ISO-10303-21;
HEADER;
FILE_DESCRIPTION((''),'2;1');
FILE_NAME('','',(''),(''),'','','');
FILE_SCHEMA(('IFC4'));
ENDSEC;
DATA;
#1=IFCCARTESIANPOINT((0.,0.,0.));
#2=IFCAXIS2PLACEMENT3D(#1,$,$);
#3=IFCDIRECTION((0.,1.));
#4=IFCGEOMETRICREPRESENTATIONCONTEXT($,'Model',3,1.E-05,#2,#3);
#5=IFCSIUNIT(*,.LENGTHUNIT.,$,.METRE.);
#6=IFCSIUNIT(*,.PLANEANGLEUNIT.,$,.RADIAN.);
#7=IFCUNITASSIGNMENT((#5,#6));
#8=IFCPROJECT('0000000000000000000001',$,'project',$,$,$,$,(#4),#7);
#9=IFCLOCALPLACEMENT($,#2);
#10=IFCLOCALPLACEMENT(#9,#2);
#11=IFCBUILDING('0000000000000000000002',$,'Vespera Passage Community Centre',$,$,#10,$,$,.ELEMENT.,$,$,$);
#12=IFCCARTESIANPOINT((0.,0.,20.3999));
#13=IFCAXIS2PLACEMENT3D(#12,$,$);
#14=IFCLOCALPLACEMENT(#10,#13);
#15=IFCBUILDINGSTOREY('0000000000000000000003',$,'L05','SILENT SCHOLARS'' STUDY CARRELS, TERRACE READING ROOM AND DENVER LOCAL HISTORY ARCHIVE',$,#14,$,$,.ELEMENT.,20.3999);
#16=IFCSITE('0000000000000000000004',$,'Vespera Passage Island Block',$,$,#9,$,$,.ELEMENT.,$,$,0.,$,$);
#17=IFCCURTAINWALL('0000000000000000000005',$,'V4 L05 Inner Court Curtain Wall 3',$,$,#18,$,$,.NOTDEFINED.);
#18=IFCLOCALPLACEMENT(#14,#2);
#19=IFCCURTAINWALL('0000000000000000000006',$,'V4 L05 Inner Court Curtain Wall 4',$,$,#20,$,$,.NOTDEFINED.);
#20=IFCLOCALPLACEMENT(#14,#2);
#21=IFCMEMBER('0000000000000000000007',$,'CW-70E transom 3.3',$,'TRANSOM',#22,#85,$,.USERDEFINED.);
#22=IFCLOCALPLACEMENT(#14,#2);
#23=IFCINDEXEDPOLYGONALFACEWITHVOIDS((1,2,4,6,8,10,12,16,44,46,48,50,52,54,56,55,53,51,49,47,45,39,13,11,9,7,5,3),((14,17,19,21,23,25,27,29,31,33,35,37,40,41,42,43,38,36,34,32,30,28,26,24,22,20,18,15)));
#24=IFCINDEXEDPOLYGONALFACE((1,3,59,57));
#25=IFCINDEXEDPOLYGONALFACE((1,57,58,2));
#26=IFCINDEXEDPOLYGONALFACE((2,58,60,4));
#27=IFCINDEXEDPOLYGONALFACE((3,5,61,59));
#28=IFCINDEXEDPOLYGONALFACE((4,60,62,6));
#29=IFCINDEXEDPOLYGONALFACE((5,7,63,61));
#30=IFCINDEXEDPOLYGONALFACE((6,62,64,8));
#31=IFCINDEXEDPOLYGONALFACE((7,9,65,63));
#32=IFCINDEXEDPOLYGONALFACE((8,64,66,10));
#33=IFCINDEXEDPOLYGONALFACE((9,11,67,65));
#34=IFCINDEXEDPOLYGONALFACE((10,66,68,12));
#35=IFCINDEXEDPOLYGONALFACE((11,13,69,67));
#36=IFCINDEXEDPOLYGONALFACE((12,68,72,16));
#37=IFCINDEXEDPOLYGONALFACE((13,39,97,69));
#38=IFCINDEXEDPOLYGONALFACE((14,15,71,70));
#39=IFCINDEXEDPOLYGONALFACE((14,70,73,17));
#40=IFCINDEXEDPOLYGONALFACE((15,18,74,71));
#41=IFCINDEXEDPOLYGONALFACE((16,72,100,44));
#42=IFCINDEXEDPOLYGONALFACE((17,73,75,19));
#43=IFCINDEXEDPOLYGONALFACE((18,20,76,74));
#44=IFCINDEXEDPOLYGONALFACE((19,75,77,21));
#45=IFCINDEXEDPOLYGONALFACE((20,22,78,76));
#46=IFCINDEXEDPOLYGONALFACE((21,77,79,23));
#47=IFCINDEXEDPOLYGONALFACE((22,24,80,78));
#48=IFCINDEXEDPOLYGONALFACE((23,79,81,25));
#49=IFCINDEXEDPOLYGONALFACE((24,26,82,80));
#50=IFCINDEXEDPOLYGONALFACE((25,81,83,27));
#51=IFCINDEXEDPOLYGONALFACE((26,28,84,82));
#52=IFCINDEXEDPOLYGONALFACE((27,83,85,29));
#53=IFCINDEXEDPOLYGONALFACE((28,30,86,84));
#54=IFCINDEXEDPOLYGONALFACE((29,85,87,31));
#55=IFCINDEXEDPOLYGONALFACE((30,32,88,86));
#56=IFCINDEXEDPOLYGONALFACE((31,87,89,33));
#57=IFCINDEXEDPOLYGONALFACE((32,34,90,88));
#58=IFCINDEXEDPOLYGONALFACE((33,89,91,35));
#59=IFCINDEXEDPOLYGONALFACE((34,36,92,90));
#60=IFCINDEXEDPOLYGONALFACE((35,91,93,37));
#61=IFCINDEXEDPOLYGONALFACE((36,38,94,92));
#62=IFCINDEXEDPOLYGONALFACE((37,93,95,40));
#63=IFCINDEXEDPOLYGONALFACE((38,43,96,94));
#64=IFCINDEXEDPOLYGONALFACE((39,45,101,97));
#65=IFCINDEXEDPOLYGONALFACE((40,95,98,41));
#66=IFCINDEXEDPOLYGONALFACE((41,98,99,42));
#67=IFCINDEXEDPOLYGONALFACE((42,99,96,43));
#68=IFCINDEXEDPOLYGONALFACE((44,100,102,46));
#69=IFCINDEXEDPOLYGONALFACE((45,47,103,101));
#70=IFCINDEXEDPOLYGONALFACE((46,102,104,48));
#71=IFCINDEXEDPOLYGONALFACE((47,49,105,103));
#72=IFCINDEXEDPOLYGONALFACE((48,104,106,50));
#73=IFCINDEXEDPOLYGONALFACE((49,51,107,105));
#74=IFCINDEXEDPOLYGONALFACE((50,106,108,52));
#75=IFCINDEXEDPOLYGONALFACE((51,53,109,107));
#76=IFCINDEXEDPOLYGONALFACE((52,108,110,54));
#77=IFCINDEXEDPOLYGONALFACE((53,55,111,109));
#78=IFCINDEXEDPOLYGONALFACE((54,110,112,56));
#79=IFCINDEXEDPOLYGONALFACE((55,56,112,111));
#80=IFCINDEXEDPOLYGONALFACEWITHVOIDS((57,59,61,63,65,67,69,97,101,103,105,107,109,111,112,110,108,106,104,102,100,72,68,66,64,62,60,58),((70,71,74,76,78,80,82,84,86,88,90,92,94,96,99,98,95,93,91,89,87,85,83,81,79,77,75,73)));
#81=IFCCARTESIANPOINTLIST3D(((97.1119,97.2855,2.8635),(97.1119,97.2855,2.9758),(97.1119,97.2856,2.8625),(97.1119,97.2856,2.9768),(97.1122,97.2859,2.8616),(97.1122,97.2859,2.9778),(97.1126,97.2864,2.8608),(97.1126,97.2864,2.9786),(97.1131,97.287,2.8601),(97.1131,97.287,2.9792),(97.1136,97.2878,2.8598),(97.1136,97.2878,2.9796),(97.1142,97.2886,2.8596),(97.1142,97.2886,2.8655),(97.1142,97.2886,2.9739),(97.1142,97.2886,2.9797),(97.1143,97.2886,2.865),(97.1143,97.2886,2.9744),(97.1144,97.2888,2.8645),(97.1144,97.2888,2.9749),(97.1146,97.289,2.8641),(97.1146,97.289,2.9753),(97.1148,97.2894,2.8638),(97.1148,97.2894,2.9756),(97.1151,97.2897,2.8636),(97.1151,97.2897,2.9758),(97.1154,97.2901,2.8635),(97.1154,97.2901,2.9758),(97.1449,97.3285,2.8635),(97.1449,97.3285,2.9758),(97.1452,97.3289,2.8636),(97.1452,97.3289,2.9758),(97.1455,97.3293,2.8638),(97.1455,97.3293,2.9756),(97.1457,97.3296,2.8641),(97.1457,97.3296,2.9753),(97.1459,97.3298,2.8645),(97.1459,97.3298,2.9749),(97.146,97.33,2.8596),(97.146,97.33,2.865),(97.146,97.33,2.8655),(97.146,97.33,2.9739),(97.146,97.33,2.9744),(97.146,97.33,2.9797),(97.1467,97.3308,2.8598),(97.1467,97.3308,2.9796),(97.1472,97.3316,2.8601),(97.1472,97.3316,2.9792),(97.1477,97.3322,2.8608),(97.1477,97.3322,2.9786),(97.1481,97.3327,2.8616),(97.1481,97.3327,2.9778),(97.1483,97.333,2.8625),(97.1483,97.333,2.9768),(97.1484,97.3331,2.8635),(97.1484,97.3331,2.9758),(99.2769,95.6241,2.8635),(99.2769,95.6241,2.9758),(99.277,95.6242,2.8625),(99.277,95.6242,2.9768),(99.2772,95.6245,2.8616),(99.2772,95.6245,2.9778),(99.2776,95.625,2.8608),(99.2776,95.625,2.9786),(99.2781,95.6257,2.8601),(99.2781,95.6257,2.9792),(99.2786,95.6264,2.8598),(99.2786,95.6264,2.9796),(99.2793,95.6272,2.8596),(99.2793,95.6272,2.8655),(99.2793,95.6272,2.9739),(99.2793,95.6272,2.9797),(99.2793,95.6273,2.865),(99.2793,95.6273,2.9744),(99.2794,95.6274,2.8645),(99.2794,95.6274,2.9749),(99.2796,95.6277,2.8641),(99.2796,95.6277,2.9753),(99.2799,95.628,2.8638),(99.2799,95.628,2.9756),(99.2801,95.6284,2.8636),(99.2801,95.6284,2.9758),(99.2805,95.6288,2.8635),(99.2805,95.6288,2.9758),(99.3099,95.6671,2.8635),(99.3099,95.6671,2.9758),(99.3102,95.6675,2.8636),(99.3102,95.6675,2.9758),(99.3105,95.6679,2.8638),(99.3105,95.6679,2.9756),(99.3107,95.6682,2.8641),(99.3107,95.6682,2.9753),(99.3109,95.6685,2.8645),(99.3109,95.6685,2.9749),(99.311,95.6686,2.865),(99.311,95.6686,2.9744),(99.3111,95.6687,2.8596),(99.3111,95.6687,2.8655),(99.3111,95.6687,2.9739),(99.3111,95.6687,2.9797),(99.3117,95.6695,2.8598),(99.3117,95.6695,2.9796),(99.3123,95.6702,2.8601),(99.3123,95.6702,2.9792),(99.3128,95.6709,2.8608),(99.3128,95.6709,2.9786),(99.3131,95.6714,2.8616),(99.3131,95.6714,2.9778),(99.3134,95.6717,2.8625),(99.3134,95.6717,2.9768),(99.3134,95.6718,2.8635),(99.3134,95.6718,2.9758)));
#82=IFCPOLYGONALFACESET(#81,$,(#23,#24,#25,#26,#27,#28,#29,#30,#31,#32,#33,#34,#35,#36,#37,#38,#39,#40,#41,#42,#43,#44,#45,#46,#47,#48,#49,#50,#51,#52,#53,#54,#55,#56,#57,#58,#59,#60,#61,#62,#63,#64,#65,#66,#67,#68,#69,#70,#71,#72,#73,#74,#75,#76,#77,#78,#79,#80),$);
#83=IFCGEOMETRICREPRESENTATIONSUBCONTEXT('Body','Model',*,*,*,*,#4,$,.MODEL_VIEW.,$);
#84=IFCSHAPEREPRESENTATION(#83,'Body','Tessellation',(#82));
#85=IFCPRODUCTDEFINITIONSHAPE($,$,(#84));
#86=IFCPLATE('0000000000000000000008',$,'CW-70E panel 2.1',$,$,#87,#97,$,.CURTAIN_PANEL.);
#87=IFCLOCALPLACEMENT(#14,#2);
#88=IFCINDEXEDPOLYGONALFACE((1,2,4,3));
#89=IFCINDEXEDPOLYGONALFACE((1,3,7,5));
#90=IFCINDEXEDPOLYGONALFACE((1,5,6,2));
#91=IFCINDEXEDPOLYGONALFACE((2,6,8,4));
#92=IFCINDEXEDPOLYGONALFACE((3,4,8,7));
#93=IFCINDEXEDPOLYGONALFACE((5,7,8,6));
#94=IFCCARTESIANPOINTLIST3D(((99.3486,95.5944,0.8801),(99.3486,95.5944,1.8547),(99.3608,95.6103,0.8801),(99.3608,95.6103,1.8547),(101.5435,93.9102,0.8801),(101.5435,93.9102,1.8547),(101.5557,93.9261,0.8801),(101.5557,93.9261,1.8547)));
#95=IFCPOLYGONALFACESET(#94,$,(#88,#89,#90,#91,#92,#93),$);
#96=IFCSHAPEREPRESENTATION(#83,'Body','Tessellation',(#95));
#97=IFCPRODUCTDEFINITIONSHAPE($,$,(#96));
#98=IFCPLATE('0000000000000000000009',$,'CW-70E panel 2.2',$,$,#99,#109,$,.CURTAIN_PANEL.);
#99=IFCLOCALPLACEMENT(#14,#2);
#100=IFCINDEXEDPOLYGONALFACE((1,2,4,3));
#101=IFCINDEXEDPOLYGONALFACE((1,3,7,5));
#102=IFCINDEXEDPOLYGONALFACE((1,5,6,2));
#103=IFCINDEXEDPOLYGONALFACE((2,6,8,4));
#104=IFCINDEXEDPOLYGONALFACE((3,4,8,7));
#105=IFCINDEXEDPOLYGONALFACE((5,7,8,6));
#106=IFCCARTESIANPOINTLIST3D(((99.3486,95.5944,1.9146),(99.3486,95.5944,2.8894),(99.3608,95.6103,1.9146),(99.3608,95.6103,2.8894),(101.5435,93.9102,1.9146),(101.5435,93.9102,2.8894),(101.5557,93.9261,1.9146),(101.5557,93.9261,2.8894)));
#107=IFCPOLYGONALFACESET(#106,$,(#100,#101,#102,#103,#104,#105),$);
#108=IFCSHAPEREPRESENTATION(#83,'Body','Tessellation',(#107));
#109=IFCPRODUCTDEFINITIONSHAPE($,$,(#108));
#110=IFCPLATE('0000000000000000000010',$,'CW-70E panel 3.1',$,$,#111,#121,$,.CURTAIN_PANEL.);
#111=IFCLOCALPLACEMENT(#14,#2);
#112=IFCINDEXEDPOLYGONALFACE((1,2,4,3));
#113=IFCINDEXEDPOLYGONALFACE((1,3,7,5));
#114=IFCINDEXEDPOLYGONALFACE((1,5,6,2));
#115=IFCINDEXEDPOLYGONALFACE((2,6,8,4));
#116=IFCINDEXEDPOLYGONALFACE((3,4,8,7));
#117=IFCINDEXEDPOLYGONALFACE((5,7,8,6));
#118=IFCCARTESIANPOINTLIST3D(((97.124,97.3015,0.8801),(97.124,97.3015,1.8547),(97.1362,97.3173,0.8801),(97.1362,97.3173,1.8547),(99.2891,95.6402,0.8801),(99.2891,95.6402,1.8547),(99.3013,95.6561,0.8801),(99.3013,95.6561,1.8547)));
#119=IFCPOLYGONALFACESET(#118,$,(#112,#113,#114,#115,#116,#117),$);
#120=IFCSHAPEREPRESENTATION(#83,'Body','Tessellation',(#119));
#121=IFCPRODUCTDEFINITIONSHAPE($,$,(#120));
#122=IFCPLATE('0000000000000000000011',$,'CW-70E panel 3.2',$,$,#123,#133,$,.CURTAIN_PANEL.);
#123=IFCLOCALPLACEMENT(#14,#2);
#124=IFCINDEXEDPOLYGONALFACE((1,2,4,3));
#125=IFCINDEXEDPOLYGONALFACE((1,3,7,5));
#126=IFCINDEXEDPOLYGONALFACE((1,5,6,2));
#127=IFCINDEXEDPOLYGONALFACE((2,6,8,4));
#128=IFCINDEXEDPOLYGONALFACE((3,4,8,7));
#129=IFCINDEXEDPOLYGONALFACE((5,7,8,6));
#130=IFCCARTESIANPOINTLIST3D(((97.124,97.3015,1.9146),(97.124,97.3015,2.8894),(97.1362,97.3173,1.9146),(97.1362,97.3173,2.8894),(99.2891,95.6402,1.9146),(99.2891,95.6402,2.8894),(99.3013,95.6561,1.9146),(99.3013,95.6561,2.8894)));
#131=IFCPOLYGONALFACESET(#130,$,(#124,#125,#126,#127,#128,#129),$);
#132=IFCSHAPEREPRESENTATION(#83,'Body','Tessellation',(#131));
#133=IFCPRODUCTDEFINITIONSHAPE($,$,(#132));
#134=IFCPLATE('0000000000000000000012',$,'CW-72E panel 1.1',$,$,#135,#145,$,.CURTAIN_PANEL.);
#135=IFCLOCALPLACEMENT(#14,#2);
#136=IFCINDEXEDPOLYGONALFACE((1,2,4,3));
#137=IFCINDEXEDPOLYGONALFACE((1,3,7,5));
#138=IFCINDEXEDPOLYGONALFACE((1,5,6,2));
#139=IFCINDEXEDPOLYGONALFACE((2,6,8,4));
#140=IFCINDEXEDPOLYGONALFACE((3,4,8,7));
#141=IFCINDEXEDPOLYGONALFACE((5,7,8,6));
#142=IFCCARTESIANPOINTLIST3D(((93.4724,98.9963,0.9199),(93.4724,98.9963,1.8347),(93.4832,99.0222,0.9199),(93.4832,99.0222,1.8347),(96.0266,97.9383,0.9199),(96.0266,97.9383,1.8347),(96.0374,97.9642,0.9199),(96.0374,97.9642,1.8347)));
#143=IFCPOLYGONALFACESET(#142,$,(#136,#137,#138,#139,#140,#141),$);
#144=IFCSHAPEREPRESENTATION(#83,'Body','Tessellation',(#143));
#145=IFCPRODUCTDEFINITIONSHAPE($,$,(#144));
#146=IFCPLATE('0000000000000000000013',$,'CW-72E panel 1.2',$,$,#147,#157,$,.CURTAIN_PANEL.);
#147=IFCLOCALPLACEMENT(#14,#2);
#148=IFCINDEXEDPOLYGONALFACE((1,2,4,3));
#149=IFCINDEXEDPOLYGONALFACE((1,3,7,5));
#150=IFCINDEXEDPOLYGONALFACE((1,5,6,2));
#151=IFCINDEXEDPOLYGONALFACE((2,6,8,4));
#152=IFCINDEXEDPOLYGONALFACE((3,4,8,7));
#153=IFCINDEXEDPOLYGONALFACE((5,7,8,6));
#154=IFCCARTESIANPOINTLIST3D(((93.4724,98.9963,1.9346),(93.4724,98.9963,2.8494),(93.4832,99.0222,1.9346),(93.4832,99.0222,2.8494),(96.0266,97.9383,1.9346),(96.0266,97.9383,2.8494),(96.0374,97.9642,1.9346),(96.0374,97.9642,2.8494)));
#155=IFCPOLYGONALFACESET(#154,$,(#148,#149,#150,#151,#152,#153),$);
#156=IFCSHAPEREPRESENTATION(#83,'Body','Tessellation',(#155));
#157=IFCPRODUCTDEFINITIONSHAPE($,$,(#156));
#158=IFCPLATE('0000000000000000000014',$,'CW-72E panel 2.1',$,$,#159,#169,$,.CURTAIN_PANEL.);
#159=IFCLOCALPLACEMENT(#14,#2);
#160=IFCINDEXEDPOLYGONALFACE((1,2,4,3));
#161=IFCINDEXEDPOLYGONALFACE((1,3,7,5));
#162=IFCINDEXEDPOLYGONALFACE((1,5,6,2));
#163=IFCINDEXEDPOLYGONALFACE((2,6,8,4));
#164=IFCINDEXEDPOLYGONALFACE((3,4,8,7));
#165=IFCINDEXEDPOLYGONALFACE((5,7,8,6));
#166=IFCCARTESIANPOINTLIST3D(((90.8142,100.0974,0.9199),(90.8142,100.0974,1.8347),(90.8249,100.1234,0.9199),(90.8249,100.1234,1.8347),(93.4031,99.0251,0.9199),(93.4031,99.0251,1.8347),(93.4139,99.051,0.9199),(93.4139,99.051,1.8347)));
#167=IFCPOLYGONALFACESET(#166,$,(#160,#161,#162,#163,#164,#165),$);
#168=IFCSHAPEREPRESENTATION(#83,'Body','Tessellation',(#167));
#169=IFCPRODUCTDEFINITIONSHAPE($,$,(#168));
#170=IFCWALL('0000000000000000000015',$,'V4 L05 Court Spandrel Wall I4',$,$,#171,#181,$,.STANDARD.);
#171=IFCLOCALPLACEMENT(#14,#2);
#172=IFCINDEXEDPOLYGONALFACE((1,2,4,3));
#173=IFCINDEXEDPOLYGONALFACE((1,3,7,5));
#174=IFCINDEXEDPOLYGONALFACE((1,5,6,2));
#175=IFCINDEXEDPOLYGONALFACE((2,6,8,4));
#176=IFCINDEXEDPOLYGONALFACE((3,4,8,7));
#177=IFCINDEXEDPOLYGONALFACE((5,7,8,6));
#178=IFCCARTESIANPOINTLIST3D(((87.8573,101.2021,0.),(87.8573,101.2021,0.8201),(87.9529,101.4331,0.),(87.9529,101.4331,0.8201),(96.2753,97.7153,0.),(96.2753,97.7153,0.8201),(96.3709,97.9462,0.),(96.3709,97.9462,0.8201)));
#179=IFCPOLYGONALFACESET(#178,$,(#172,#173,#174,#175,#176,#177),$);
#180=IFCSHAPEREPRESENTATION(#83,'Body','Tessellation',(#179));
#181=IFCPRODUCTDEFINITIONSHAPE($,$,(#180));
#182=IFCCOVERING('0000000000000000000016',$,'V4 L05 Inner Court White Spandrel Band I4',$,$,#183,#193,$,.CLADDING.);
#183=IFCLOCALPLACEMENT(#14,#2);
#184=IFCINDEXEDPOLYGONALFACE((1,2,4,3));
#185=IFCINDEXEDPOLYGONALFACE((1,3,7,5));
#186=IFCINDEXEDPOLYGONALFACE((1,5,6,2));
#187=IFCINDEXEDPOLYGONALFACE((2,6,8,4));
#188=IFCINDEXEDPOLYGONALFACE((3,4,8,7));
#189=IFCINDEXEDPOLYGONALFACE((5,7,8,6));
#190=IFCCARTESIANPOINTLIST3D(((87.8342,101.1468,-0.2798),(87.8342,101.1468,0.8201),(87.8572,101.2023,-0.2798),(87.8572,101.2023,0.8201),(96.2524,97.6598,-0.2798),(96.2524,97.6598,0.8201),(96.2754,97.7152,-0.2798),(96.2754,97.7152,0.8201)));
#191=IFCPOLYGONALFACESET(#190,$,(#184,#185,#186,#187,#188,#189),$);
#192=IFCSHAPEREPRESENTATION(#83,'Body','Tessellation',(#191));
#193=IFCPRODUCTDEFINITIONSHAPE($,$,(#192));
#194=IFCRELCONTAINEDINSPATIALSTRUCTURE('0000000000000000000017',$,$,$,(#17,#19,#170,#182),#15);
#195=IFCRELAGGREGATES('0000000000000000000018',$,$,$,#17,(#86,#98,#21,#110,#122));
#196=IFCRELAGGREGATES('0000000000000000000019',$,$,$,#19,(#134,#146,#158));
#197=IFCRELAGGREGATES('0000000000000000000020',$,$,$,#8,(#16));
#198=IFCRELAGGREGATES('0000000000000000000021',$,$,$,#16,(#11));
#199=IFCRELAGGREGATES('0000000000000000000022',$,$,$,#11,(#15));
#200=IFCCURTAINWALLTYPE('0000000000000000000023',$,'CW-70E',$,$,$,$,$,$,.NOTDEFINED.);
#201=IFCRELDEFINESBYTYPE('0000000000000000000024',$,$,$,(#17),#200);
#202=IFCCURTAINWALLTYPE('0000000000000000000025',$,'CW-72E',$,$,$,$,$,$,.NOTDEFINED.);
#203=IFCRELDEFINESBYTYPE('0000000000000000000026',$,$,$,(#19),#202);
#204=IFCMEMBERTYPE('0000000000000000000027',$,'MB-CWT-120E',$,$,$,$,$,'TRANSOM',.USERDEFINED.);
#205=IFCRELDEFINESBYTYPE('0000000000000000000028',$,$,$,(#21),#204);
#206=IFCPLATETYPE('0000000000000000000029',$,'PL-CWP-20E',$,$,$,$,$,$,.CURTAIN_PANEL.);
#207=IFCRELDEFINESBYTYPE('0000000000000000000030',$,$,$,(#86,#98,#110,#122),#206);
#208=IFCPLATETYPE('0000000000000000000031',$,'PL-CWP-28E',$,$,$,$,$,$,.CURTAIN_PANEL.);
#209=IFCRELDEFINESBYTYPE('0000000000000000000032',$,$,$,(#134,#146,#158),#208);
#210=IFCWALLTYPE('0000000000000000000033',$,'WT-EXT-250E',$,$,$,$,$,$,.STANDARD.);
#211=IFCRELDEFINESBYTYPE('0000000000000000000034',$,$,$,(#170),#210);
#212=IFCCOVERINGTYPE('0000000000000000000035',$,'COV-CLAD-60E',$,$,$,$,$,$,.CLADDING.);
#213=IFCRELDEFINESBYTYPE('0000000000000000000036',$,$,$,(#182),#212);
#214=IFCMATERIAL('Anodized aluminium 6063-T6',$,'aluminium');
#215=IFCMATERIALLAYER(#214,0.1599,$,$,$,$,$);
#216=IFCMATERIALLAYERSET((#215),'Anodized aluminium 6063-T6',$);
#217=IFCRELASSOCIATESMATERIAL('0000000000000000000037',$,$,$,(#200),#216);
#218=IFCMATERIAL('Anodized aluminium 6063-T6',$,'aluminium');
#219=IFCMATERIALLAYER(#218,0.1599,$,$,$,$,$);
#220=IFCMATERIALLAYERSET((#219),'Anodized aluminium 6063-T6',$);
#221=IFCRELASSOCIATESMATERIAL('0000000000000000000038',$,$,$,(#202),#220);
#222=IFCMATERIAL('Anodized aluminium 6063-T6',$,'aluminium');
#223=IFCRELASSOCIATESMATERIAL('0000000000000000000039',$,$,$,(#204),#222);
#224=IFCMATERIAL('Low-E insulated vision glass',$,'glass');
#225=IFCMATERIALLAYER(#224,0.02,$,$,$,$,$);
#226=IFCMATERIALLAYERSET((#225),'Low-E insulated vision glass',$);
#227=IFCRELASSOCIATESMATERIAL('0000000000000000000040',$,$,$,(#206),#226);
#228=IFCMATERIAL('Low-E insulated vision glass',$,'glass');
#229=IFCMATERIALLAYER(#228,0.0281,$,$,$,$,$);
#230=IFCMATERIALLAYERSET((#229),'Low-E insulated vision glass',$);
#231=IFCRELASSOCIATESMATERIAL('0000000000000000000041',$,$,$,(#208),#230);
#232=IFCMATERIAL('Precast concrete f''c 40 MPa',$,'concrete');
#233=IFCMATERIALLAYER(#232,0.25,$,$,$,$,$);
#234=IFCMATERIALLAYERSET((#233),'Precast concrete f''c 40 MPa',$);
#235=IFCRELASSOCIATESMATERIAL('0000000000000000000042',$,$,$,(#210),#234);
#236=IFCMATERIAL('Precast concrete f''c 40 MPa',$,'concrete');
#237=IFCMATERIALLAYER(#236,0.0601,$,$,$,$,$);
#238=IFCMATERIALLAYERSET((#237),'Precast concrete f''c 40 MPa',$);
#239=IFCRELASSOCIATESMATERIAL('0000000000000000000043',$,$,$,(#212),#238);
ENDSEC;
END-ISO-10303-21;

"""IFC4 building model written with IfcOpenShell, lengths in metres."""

from ifc_helpers import new_model, si_unit, direction, frame, frame_2d, origin, origin_2d, place, context, subcontext, project, spatial, rectangle, hollow_rectangle, extrude, material, layer, layer_set, material_profile, profile_set, type_object, element, aggregate, save


model = new_model("IFC4")

# Units and contexts
model_context = context("Model", 3, precision=1e-05, world=origin(), true_north=direction((0.0, 1.0)))
body_context = subcontext(model_context, "Body", "Model", "MODEL_VIEW")
ifc_project = project(units=[si_unit("LENGTHUNIT", "METRE"), si_unit("PLANEANGLEUNIT", "RADIAN")], contexts=[model_context])

# Site, building, storey
site_placement = place(None, origin())
site = spatial("IfcSite", under=ifc_project, at=site_placement, Name="Vespera Passage Island Block", CompositionType="ELEMENT", RefElevation=0.0)
building_placement = place(site_placement, origin())
building = spatial("IfcBuilding", under=site, at=building_placement, Name="Vespera Passage Community Centre", CompositionType="ELEMENT")
storey_placement = place(building_placement, frame((0.0, 0.0, 20.3999)))
storey = spatial("IfcBuildingStorey", under=building, at=storey_placement, Name="L05", Description="SILENT SCHOLARS' STUDY CARRELS, TERRACE READING ROOM AND DENVER LOCAL HISTORY ARCHIVE", CompositionType="ELEMENT", Elevation=20.3999)

# Curtain walls
ifc_material_1 = material(Name="Anodized aluminium 6063-T6", Category="aluminium")
ifc_layer_1 = layer(ifc_material_1, 0.1599)
ifc_layer_set_1 = layer_set([ifc_layer_1], Name="Anodized aluminium 6063-T6")
curtain_wall_type_1 = type_object("IfcCurtainWallType", Name="CW-70E", PredefinedType="NOTDEFINED", material=ifc_layer_set_1)
curtain_wall_1_placement = place(storey_placement, origin())
curtain_wall_1 = element("IfcCurtainWall", 1, at=curtain_wall_1_placement, inside=storey, type_object=curtain_wall_type_1, Name="V4 L05 Inner Court Curtain Wall 3", PredefinedType="NOTDEFINED")
ifc_material_2 = material(Name="Anodized aluminium 6063-T6", Category="aluminium")
ifc_layer_2 = layer(ifc_material_2, 0.1599)
ifc_layer_set_2 = layer_set([ifc_layer_2], Name="Anodized aluminium 6063-T6")
curtain_wall_type_2 = type_object("IfcCurtainWallType", Name="CW-72E", PredefinedType="NOTDEFINED", material=ifc_layer_set_2)
curtain_wall_2_placement = place(storey_placement, origin())
curtain_wall_2 = element("IfcCurtainWall", 2, at=curtain_wall_2_placement, inside=storey, type_object=curtain_wall_type_2, Name="V4 L05 Inner Court Curtain Wall 4", PredefinedType="NOTDEFINED")

# Member
ifc_material_3 = material(Name="Anodized aluminium 6063-T6", Category="aluminium")
ifc_material_profile_1 = material_profile(ifc_material_3, hollow_rectangle(XDim=0.0601, YDim=0.1201, WallThickness=0.0039, InnerFilletRadius=0.002, OuterFilletRadius=0.0039, at=origin_2d()), Name="ALU120X60X4")
ifc_profile_set_1 = profile_set([ifc_material_profile_1], Name="Anodized aluminium 6063-T6")
member_type_1 = type_object("IfcMemberType", Name="MB-CWT-120E", ElementType="TRANSOM", PredefinedType="USERDEFINED", material=ifc_profile_set_1)
member_1_placement = place(storey_placement, frame((99.2952, 95.6479, 2.9197), z_axis=(-0.793338, 0.608781, 0.0), x_axis=(-0.608781, -0.793338, 0.0)))
member_1 = element("IfcMember", 3, at=member_1_placement, type_object=member_type_1, Name="CW-70E transom 3.3", ObjectType="TRANSOM", PredefinedType="USERDEFINED", context=body_context, shape_type="SweptSolid", body=[
    extrude(hollow_rectangle(XDim=0.0601, YDim=0.1201, WallThickness=0.0039, InnerFilletRadius=0.002, OuterFilletRadius=0.0039, at=origin_2d()), origin(), (0.0, 0.0, 1.0), 2.729),
])

# Plates
ifc_material_4 = material(Name="Low-E insulated vision glass", Category="glass")
ifc_layer_3 = layer(ifc_material_4, 0.02)
ifc_layer_set_3 = layer_set([ifc_layer_3], Name="Low-E insulated vision glass")
plate_type_1 = type_object("IfcPlateType", Name="PL-CWP-20E", PredefinedType="CURTAIN_PANEL", material=ifc_layer_set_3)
plate_1_placement = place(storey_placement, frame((100.4521, 94.7603, 0.8801), z_axis=(0.0, 0.0, 1.0), x_axis=(-0.793358, 0.608755, 0.0)))
plate_1 = element("IfcPlate", 4, at=plate_1_placement, type_object=plate_type_1, Name="CW-70E panel 2.1", PredefinedType="CURTAIN_PANEL", context=body_context, shape_type="SweptSolid", body=[
    extrude(rectangle(XDim=2.7666, YDim=0.02, at=origin_2d()), origin(), (0.0, 0.0, 1.0), 0.9746),
])
plate_2_placement = place(storey_placement, frame((100.4521, 94.7603, 1.9146), z_axis=(0.0, 0.0, 1.0), x_axis=(-0.793358, 0.608755, 0.0)))
plate_2 = element("IfcPlate", 5, at=plate_2_placement, type_object=plate_type_1, Name="CW-70E panel 2.2", PredefinedType="CURTAIN_PANEL", context=body_context, shape_type="SweptSolid", body=[
    extrude(rectangle(XDim=2.7666, YDim=0.02, at=origin_2d()), origin(), (0.0, 0.0, 1.0), 0.9749),
])
plate_3_placement = place(storey_placement, frame((98.2126, 96.4788, 0.8801), z_axis=(0.0, 0.0, 1.0), x_axis=(-0.793358, 0.608755, 0.0)))
plate_3 = element("IfcPlate", 6, at=plate_3_placement, type_object=plate_type_1, Name="CW-70E panel 3.1", PredefinedType="CURTAIN_PANEL", context=body_context, shape_type="SweptSolid", body=[
    extrude(rectangle(XDim=2.729, YDim=0.02, at=origin_2d()), origin(), (0.0, 0.0, 1.0), 0.9746),
])
plate_4_placement = place(storey_placement, frame((98.2126, 96.4788, 1.9146), z_axis=(0.0, 0.0, 1.0), x_axis=(-0.793358, 0.608755, 0.0)))
plate_4 = element("IfcPlate", 7, at=plate_4_placement, type_object=plate_type_1, Name="CW-70E panel 3.2", PredefinedType="CURTAIN_PANEL", context=body_context, shape_type="SweptSolid", body=[
    extrude(rectangle(XDim=2.729, YDim=0.02, at=origin_2d()), origin(), (0.0, 0.0, 1.0), 0.9749),
])
aggregate(curtain_wall_1, [plate_1, plate_2, member_1, plate_3, plate_4])
ifc_material_5 = material(Name="Low-E insulated vision glass", Category="glass")
ifc_layer_4 = layer(ifc_material_5, 0.0281)
ifc_layer_set_4 = layer_set([ifc_layer_4], Name="Low-E insulated vision glass")
plate_type_2 = type_object("IfcPlateType", Name="PL-CWP-28E", PredefinedType="CURTAIN_PANEL", material=ifc_layer_set_4)
plate_5_placement = place(storey_placement, frame((94.7549, 98.4802, 0.9199), z_axis=(0.0, 0.0, 1.0), x_axis=(-0.923877, 0.38269, 0.0)))
plate_5 = element("IfcPlate", 8, at=plate_5_placement, type_object=plate_type_2, Name="CW-72E panel 1.1", PredefinedType="CURTAIN_PANEL", context=body_context, shape_type="SweptSolid", body=[
    extrude(rectangle(XDim=2.7646, YDim=0.0281, at=origin_2d()), origin(), (0.0, 0.0, 1.0), 0.9148),
])
plate_6_placement = place(storey_placement, frame((94.7549, 98.4802, 1.9346), z_axis=(0.0, 0.0, 1.0), x_axis=(-0.923877, 0.38269, 0.0)))
plate_6 = element("IfcPlate", 9, at=plate_6_placement, type_object=plate_type_2, Name="CW-72E panel 1.2", PredefinedType="CURTAIN_PANEL", context=body_context, shape_type="SweptSolid", body=[
    extrude(rectangle(XDim=2.7646, YDim=0.0281, at=origin_2d()), origin(), (0.0, 0.0, 1.0), 0.9148),
])
plate_7_placement = place(storey_placement, frame((92.114, 99.5742, 0.9199), z_axis=(0.0, 0.0, 1.0), x_axis=(-0.923877, 0.38269, 0.0)))
plate_7 = element("IfcPlate", 10, at=plate_7_placement, type_object=plate_type_2, Name="CW-72E panel 2.1", PredefinedType="CURTAIN_PANEL", context=body_context, shape_type="SweptSolid", body=[
    extrude(rectangle(XDim=2.8022, YDim=0.0281, at=origin_2d()), origin(), (0.0, 0.0, 1.0), 0.9148),
])
aggregate(curtain_wall_2, [plate_5, plate_6, plate_7])

# Wall
ifc_material_6 = material(Name="Precast concrete f'c 40 MPa", Category="concrete")
ifc_layer_5 = layer(ifc_material_6, 0.25)
ifc_layer_set_5 = layer_set([ifc_layer_5], Name="Precast concrete f'c 40 MPa")
wall_type = type_object("IfcWallType", Name="WT-EXT-250E", PredefinedType="STANDARD", material=ifc_layer_set_5)
wall_placement = place(storey_placement, frame((96.323, 97.8308, 0.0), z_axis=(0.0, 0.0, 1.0), x_axis=(-0.92388, 0.382682, 0.0)))
element("IfcWall", 11, at=wall_placement, inside=storey, type_object=wall_type, Name="V4 L05 Court Spandrel Wall I4", PredefinedType="STANDARD", context=body_context, shape_type="SweptSolid", body=[
    extrude(rectangle(XDim=9.1116, YDim=0.25, at=frame_2d((4.5557, 0.0))), origin(), (0.0, 0.0, 1.0), 0.8201),
])

# Covering
ifc_material_7 = material(Name="Precast concrete f'c 40 MPa", Category="concrete")
ifc_layer_6 = layer(ifc_material_7, 0.0601)
ifc_layer_set_6 = layer_set([ifc_layer_6], Name="Precast concrete f'c 40 MPa")
covering_type = type_object("IfcCoveringType", Name="COV-CLAD-60E", PredefinedType="CLADDING", material=ifc_layer_set_6)
covering_placement = place(storey_placement, frame((96.2639, 97.6875, -0.2798), z_axis=(0.0, 0.0, 1.0), x_axis=(-0.923875, 0.382695, 0.0)))
element("IfcCovering", 12, at=covering_placement, inside=storey, type_object=covering_type, Name="V4 L05 Inner Court White Spandrel Band I4", PredefinedType="CLADDING", context=body_context, shape_type="SweptSolid", body=[
    extrude(rectangle(XDim=9.1118, YDim=0.0601, at=frame_2d((4.5559, 0.0))), origin(), (0.0, 0.0, 1.0), 1.0999),
])

save(model, "model.ifc")
